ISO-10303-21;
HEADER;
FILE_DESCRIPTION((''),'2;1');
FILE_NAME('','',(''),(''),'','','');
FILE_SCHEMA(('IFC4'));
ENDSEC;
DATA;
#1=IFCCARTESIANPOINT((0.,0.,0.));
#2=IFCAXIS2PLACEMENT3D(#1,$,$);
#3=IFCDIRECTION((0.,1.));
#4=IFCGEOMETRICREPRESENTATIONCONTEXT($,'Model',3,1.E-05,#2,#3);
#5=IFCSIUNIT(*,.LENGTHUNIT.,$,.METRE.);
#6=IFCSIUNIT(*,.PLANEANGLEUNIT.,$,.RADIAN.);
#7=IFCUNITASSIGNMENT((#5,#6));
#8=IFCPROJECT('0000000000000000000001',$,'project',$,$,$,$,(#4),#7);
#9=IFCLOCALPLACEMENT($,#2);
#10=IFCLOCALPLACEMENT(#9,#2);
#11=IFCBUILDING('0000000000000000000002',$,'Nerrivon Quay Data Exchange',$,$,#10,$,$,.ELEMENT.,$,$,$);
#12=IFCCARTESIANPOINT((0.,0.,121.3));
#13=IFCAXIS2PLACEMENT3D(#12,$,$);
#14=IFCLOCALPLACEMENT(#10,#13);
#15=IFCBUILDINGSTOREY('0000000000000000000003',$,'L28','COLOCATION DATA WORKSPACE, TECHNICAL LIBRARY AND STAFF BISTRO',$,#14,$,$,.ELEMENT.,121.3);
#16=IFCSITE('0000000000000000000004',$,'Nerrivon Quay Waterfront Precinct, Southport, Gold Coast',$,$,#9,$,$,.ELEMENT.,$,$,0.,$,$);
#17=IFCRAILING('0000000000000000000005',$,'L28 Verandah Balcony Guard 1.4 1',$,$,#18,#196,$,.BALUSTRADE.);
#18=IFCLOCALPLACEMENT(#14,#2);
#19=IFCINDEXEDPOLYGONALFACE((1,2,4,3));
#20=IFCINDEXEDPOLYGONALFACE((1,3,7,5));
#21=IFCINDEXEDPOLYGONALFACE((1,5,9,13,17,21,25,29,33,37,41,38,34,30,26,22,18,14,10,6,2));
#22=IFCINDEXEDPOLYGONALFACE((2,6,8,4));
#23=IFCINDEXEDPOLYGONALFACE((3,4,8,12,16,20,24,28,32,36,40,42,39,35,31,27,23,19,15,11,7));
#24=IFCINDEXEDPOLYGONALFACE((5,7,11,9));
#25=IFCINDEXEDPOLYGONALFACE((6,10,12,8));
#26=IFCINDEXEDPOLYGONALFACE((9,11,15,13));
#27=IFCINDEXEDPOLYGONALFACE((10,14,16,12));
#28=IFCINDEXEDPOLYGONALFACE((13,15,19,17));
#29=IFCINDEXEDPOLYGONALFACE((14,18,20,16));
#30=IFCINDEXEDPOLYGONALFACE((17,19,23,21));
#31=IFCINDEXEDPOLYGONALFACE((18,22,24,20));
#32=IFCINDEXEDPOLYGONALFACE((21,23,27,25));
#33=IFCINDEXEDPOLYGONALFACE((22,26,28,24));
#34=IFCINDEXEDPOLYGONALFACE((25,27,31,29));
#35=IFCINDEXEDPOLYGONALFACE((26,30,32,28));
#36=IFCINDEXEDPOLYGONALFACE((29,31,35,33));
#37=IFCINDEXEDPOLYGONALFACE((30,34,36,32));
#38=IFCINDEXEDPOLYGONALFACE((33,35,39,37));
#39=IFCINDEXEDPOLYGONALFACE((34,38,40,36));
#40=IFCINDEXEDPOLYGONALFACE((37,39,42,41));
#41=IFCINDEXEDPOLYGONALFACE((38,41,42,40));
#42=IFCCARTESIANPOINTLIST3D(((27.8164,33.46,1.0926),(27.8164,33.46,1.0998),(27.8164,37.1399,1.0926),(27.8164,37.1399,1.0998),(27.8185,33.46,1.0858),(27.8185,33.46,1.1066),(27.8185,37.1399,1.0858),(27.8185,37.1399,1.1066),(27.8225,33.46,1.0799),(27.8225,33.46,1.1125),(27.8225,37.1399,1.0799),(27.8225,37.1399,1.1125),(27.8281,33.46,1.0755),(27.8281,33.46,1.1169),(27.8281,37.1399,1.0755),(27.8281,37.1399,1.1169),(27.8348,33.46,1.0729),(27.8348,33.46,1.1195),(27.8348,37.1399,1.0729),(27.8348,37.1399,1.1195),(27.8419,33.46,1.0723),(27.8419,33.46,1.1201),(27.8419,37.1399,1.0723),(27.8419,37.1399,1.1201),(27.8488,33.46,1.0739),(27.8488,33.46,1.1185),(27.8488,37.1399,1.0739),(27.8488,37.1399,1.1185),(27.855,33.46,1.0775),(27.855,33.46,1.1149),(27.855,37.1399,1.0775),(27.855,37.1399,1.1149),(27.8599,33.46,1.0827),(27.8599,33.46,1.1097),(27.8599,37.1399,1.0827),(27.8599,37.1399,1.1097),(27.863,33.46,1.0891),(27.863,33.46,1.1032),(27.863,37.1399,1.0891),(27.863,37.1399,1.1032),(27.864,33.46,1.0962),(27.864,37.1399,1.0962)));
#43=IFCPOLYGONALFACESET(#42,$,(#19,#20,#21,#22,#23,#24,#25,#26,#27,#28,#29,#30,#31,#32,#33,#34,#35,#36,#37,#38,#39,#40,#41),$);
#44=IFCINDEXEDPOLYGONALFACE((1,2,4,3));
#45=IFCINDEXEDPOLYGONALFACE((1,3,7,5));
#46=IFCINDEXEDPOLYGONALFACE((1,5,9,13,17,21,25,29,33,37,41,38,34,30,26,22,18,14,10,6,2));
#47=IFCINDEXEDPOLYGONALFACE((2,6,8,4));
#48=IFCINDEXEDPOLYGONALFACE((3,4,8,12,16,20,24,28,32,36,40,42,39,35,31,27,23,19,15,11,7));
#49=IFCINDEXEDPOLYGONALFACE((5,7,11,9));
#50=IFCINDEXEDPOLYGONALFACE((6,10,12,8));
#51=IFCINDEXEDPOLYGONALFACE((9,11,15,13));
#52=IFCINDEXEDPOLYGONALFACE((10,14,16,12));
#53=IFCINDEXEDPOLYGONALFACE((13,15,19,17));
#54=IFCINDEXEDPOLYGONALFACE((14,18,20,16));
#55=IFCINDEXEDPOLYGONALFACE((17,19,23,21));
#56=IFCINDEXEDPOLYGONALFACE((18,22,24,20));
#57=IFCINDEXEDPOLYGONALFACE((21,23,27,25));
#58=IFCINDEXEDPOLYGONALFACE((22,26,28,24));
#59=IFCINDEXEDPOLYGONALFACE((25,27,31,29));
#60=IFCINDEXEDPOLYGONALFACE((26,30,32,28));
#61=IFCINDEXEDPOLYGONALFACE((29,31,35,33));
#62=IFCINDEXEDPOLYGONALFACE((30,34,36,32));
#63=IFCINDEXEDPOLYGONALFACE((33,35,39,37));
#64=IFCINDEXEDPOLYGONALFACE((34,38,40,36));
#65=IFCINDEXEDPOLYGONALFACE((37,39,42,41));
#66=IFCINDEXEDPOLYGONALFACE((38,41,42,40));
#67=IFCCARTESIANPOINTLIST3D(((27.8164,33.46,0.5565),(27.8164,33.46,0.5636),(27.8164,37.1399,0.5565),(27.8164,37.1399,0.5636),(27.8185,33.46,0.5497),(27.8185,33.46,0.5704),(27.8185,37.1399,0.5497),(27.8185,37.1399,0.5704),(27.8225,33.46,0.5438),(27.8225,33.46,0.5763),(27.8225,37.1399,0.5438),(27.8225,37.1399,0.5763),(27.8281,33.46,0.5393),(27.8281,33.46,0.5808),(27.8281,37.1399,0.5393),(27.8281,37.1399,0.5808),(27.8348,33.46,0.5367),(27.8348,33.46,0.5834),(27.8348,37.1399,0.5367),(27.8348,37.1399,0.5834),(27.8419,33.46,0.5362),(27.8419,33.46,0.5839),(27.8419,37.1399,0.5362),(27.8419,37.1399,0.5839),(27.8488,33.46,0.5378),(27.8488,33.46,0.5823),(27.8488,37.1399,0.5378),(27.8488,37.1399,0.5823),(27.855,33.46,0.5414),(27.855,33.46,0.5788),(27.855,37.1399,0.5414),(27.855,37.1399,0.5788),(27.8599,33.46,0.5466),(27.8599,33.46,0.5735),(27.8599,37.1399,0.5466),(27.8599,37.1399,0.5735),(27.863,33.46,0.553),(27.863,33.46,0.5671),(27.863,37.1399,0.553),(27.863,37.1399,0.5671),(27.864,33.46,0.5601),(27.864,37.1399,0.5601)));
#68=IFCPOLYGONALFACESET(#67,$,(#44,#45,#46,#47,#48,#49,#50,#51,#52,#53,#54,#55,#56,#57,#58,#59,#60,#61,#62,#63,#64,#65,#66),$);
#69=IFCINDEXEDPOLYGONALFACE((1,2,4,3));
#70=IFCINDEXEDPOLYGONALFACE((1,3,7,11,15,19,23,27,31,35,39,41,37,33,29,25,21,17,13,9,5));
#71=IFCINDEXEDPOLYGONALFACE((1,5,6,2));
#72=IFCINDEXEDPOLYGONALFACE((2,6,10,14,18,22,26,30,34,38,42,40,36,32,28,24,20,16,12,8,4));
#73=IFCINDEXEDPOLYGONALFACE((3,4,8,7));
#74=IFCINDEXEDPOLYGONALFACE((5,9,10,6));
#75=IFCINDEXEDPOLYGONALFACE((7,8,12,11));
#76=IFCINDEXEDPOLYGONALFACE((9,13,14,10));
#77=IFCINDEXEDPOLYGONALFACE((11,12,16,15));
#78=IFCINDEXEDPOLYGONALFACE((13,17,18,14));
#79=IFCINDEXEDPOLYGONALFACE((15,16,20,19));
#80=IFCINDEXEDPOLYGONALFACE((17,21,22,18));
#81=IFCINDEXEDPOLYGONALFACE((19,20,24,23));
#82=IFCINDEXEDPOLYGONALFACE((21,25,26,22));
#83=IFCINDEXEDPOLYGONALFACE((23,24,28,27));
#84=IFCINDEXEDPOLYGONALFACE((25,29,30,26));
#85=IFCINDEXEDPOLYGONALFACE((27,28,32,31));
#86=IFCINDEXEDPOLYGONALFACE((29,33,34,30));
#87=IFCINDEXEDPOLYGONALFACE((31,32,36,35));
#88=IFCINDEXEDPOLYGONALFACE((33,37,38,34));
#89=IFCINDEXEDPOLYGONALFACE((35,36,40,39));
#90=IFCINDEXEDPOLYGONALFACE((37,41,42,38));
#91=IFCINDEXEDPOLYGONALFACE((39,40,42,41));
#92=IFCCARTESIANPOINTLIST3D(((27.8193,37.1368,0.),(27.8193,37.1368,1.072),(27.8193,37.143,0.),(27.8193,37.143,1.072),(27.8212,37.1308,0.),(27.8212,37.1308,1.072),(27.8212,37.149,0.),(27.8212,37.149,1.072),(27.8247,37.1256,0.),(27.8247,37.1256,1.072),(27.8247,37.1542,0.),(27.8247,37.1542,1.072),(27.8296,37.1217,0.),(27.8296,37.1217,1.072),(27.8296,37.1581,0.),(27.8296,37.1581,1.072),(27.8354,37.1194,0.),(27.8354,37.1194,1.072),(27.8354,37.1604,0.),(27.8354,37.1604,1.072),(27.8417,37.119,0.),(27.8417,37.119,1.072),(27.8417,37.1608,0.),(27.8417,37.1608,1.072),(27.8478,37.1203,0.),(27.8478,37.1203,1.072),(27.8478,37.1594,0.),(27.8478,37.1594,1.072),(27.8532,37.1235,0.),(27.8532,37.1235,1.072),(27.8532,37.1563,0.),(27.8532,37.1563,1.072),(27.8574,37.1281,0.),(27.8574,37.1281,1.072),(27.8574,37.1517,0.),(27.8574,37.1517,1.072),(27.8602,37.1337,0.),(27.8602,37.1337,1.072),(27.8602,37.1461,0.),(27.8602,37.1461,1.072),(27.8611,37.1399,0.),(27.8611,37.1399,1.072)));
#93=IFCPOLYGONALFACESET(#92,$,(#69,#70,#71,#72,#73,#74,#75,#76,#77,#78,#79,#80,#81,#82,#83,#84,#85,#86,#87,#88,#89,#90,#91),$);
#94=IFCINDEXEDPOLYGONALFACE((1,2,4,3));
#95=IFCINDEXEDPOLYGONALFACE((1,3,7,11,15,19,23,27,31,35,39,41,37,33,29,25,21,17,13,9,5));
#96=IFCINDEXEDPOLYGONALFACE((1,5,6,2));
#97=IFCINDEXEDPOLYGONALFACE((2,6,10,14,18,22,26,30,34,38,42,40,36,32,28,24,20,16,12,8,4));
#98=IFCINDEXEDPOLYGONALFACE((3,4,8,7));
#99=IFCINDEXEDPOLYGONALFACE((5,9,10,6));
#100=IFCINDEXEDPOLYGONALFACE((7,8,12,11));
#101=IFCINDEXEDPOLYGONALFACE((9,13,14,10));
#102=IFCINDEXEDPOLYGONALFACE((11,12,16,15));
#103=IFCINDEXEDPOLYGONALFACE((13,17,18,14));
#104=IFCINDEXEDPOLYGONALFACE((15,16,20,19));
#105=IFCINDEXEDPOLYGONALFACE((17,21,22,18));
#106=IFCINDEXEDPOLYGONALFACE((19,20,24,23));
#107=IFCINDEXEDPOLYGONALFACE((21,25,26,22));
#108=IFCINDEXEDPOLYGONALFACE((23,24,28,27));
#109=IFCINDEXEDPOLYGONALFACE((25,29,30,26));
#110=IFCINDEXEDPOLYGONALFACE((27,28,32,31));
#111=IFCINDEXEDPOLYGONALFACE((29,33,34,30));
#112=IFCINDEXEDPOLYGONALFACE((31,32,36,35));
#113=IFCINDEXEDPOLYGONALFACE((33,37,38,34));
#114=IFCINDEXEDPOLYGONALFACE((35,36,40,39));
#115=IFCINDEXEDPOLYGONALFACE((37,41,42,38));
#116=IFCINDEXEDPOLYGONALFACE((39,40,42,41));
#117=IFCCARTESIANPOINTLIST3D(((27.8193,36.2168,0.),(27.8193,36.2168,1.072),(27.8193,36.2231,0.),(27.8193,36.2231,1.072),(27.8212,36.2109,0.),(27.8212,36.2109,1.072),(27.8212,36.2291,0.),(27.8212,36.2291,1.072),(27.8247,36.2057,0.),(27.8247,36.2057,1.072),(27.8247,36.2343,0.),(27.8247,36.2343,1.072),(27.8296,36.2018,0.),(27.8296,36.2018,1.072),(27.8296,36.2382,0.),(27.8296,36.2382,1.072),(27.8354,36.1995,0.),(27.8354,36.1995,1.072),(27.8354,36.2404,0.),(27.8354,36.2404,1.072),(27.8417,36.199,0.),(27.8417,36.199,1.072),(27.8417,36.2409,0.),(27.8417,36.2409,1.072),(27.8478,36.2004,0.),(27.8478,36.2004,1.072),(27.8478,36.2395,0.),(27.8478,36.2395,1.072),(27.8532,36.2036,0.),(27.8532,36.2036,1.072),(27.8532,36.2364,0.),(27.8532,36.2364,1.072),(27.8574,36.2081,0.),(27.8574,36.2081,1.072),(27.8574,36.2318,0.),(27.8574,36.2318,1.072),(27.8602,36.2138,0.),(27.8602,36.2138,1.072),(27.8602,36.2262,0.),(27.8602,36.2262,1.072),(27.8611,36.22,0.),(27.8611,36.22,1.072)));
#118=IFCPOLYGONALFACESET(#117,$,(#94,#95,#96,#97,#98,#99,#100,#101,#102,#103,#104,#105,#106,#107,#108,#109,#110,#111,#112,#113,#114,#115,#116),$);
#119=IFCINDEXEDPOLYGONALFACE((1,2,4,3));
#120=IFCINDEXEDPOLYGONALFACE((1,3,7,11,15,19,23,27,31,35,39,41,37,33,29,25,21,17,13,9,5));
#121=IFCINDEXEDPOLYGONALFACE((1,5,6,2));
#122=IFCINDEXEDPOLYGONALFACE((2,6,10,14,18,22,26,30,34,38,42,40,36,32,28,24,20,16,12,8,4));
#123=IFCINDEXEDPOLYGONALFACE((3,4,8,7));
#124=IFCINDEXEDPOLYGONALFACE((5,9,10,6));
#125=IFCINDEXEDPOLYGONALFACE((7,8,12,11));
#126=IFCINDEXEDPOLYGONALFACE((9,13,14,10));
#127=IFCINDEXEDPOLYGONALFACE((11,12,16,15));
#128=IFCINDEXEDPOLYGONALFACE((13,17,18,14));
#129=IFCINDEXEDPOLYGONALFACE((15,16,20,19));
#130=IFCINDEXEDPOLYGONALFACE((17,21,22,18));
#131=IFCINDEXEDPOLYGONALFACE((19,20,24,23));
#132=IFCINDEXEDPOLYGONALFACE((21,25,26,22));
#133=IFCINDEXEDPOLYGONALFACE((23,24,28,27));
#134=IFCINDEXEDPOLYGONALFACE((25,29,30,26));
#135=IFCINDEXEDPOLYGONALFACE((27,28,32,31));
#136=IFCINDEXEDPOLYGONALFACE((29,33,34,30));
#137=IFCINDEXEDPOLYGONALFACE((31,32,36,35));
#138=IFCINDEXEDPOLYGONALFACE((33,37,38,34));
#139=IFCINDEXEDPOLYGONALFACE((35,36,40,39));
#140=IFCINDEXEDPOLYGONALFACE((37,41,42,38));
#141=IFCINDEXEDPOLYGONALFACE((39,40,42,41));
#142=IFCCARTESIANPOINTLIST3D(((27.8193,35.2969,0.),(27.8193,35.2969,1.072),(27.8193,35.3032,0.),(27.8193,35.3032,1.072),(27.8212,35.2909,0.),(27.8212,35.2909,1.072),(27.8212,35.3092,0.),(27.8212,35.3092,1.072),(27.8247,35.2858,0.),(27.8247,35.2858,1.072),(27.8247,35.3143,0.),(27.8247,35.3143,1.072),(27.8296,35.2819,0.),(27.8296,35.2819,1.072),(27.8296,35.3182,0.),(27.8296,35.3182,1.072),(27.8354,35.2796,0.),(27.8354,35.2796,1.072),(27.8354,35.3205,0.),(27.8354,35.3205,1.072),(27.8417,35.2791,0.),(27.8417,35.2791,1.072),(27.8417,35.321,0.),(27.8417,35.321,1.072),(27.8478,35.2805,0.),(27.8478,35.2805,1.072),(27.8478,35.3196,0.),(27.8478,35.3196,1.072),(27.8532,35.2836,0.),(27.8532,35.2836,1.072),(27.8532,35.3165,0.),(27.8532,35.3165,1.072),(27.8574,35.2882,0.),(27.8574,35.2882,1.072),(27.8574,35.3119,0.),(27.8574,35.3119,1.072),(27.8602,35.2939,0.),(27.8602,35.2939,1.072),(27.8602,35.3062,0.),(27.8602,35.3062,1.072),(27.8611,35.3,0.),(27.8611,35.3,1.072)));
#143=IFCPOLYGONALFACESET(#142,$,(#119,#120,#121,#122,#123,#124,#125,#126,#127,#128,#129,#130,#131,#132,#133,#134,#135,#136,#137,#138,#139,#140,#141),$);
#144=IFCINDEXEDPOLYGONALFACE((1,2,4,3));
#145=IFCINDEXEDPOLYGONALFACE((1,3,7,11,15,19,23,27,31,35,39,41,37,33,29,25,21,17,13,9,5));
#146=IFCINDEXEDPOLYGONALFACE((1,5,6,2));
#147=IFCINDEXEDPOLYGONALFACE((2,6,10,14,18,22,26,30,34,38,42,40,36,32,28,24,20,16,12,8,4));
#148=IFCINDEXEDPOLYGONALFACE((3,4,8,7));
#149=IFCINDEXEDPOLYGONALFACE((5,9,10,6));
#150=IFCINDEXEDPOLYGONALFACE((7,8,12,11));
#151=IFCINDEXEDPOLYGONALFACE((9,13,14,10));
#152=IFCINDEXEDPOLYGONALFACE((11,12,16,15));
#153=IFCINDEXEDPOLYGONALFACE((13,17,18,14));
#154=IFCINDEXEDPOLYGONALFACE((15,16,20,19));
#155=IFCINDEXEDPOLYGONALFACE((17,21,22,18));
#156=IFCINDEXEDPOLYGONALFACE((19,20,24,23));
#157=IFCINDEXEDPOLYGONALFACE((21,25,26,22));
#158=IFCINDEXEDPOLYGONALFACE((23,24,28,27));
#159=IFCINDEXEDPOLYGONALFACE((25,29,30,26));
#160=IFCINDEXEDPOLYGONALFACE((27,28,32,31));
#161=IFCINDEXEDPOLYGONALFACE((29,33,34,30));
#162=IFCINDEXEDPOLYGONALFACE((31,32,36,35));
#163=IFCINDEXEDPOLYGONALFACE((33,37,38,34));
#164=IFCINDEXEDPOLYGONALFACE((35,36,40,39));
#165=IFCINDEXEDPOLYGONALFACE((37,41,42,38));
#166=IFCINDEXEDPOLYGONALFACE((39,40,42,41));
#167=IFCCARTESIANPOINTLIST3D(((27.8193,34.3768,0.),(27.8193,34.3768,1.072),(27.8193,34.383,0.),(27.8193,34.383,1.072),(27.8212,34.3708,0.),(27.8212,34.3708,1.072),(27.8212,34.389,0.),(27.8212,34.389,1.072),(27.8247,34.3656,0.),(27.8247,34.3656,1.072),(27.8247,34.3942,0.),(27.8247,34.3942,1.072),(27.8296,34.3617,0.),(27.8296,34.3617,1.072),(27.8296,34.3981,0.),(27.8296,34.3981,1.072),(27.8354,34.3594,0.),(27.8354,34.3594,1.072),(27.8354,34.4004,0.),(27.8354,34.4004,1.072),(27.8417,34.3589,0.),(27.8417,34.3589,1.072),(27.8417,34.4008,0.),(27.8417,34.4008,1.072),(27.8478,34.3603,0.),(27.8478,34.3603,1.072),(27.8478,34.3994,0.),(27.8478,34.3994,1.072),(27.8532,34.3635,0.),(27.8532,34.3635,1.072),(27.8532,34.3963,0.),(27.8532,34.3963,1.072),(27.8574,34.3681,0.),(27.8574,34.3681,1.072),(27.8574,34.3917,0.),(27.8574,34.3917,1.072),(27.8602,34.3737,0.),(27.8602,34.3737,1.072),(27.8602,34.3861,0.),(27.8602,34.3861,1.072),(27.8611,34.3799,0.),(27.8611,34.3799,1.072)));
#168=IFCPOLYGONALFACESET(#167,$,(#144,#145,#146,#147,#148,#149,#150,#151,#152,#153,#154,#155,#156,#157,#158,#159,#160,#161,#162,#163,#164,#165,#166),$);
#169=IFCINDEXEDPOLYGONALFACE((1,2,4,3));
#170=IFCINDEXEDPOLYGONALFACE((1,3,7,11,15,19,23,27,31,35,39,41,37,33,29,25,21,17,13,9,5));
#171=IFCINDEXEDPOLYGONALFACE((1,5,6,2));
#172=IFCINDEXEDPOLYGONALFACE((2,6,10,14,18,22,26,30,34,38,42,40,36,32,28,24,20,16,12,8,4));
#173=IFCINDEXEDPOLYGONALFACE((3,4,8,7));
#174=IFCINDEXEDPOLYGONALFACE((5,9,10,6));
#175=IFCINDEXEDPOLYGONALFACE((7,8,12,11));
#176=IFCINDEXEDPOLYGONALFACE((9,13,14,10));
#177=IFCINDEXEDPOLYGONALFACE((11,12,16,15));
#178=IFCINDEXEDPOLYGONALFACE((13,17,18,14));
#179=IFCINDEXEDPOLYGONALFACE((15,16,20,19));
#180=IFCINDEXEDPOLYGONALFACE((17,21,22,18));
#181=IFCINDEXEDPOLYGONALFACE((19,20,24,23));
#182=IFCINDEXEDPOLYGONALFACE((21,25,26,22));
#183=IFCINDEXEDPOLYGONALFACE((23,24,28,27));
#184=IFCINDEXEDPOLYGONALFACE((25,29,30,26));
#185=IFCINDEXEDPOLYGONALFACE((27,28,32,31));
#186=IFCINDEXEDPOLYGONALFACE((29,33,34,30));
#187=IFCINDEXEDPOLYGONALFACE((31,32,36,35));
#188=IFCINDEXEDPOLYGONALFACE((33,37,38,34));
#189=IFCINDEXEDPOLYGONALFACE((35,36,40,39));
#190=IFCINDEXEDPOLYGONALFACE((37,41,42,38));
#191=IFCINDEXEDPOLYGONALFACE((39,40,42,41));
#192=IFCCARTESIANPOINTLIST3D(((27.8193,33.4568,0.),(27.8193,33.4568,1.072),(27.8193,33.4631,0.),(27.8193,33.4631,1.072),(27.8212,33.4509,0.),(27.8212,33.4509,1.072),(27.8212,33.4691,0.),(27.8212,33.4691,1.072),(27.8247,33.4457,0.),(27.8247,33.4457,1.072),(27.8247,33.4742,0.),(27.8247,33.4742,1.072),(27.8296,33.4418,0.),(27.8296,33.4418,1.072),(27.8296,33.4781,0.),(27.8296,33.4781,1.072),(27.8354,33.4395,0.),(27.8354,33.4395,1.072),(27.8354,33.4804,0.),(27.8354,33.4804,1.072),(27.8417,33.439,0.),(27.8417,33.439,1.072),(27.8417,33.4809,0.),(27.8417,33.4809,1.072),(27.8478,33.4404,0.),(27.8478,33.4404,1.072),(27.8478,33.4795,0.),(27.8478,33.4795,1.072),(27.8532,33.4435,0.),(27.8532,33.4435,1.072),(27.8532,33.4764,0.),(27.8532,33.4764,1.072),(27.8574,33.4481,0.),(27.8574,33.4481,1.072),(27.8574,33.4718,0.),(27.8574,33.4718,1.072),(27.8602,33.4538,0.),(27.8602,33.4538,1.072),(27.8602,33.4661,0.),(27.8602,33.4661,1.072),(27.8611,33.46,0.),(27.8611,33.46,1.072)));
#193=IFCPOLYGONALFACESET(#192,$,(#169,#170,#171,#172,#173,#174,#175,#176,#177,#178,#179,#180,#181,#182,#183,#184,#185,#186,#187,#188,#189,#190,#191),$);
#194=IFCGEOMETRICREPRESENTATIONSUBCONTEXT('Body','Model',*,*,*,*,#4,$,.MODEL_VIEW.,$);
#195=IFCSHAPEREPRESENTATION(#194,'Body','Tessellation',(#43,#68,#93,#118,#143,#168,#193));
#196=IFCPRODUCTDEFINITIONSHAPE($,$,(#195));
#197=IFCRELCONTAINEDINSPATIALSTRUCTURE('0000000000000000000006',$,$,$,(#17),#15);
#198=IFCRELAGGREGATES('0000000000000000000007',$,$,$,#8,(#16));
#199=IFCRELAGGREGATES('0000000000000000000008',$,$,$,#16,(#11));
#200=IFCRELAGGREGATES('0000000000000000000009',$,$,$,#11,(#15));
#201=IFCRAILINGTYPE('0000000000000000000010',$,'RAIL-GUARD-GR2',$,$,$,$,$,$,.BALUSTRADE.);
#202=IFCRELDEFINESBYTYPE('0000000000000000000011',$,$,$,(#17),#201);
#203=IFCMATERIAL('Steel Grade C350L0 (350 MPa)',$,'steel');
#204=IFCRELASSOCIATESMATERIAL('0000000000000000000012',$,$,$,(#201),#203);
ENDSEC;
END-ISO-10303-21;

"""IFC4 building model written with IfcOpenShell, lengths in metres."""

from ifc_helpers import new_model, si_unit, direction, frame, origin, origin_2d, place, context, subcontext, project, spatial, circle, extrude, material, type_object, element, save


model = new_model("IFC4")

# Units and contexts
model_context = context("Model", 3, precision=1e-05, world=origin(), true_north=direction((0.0, 1.0)))
body_context = subcontext(model_context, "Body", "Model", "MODEL_VIEW")
ifc_project = project(units=[si_unit("LENGTHUNIT", "METRE"), si_unit("PLANEANGLEUNIT", "RADIAN")], contexts=[model_context])

# Site, building, storey
site_placement = place(None, origin())
site = spatial("IfcSite", under=ifc_project, at=site_placement, Name="Nerrivon Quay Waterfront Precinct, Southport, Gold Coast", CompositionType="ELEMENT", RefElevation=0.0)
building_placement = place(site_placement, origin())
building = spatial("IfcBuilding", under=site, at=building_placement, Name="Nerrivon Quay Data Exchange", CompositionType="ELEMENT")
storey_placement = place(building_placement, frame((0.0, 0.0, 121.3)))
storey = spatial("IfcBuildingStorey", under=building, at=storey_placement, Name="L28", Description="COLOCATION DATA WORKSPACE, TECHNICAL LIBRARY AND STAFF BISTRO", CompositionType="ELEMENT", Elevation=121.3)

# Railing
ifc_material_1 = material(Name="Steel Grade C350L0 (350 MPa)", Category="steel")
railing_type = type_object("IfcRailingType", Name="RAIL-GUARD-GR2", PredefinedType="BALUSTRADE", material=ifc_material_1)
railing_1_placement = place(storey_placement, frame((27.8401, 37.1399, 0.0)))
element("IfcRailing", 1, at=railing_1_placement, inside=storey, type_object=railing_type, Name="L28 Verandah Balcony Guard 1.4 1", PredefinedType="BALUSTRADE", context=body_context, shape_type="SweptSolid", body=[
    extrude(circle(Radius=0.0239, at=origin_2d()), frame((0.0, 0.0, 1.0962), z_axis=(0.0, -1.0, 0.0), x_axis=(1.0, 0.0, 0.0)), (0.0, 0.0, 1.0), 3.6799),
    extrude(circle(Radius=0.0239, at=origin_2d()), frame((0.0, 0.0, 0.5601), z_axis=(0.0, -1.0, 0.0), x_axis=(1.0, 0.0, 0.0)), (0.0, 0.0, 1.0), 3.6799),
    extrude(circle(Radius=0.021, at=origin_2d()), origin(), (0.0, 0.0, 1.0), 1.072),
    extrude(circle(Radius=0.021, at=origin_2d()), frame((0.0, -0.9199, 0.0)), (0.0, 0.0, 1.0), 1.072),
    extrude(circle(Radius=0.021, at=origin_2d()), frame((0.0, -1.8398, 0.0)), (0.0, 0.0, 1.0), 1.072),
    extrude(circle(Radius=0.021, at=origin_2d()), frame((0.0, -2.76, 0.0)), (0.0, 0.0, 1.0), 1.072),
    extrude(circle(Radius=0.021, at=origin_2d()), frame((0.0, -3.6799, 0.0)), (0.0, 0.0, 1.0), 1.072),
])

save(model, "model.ifc")
